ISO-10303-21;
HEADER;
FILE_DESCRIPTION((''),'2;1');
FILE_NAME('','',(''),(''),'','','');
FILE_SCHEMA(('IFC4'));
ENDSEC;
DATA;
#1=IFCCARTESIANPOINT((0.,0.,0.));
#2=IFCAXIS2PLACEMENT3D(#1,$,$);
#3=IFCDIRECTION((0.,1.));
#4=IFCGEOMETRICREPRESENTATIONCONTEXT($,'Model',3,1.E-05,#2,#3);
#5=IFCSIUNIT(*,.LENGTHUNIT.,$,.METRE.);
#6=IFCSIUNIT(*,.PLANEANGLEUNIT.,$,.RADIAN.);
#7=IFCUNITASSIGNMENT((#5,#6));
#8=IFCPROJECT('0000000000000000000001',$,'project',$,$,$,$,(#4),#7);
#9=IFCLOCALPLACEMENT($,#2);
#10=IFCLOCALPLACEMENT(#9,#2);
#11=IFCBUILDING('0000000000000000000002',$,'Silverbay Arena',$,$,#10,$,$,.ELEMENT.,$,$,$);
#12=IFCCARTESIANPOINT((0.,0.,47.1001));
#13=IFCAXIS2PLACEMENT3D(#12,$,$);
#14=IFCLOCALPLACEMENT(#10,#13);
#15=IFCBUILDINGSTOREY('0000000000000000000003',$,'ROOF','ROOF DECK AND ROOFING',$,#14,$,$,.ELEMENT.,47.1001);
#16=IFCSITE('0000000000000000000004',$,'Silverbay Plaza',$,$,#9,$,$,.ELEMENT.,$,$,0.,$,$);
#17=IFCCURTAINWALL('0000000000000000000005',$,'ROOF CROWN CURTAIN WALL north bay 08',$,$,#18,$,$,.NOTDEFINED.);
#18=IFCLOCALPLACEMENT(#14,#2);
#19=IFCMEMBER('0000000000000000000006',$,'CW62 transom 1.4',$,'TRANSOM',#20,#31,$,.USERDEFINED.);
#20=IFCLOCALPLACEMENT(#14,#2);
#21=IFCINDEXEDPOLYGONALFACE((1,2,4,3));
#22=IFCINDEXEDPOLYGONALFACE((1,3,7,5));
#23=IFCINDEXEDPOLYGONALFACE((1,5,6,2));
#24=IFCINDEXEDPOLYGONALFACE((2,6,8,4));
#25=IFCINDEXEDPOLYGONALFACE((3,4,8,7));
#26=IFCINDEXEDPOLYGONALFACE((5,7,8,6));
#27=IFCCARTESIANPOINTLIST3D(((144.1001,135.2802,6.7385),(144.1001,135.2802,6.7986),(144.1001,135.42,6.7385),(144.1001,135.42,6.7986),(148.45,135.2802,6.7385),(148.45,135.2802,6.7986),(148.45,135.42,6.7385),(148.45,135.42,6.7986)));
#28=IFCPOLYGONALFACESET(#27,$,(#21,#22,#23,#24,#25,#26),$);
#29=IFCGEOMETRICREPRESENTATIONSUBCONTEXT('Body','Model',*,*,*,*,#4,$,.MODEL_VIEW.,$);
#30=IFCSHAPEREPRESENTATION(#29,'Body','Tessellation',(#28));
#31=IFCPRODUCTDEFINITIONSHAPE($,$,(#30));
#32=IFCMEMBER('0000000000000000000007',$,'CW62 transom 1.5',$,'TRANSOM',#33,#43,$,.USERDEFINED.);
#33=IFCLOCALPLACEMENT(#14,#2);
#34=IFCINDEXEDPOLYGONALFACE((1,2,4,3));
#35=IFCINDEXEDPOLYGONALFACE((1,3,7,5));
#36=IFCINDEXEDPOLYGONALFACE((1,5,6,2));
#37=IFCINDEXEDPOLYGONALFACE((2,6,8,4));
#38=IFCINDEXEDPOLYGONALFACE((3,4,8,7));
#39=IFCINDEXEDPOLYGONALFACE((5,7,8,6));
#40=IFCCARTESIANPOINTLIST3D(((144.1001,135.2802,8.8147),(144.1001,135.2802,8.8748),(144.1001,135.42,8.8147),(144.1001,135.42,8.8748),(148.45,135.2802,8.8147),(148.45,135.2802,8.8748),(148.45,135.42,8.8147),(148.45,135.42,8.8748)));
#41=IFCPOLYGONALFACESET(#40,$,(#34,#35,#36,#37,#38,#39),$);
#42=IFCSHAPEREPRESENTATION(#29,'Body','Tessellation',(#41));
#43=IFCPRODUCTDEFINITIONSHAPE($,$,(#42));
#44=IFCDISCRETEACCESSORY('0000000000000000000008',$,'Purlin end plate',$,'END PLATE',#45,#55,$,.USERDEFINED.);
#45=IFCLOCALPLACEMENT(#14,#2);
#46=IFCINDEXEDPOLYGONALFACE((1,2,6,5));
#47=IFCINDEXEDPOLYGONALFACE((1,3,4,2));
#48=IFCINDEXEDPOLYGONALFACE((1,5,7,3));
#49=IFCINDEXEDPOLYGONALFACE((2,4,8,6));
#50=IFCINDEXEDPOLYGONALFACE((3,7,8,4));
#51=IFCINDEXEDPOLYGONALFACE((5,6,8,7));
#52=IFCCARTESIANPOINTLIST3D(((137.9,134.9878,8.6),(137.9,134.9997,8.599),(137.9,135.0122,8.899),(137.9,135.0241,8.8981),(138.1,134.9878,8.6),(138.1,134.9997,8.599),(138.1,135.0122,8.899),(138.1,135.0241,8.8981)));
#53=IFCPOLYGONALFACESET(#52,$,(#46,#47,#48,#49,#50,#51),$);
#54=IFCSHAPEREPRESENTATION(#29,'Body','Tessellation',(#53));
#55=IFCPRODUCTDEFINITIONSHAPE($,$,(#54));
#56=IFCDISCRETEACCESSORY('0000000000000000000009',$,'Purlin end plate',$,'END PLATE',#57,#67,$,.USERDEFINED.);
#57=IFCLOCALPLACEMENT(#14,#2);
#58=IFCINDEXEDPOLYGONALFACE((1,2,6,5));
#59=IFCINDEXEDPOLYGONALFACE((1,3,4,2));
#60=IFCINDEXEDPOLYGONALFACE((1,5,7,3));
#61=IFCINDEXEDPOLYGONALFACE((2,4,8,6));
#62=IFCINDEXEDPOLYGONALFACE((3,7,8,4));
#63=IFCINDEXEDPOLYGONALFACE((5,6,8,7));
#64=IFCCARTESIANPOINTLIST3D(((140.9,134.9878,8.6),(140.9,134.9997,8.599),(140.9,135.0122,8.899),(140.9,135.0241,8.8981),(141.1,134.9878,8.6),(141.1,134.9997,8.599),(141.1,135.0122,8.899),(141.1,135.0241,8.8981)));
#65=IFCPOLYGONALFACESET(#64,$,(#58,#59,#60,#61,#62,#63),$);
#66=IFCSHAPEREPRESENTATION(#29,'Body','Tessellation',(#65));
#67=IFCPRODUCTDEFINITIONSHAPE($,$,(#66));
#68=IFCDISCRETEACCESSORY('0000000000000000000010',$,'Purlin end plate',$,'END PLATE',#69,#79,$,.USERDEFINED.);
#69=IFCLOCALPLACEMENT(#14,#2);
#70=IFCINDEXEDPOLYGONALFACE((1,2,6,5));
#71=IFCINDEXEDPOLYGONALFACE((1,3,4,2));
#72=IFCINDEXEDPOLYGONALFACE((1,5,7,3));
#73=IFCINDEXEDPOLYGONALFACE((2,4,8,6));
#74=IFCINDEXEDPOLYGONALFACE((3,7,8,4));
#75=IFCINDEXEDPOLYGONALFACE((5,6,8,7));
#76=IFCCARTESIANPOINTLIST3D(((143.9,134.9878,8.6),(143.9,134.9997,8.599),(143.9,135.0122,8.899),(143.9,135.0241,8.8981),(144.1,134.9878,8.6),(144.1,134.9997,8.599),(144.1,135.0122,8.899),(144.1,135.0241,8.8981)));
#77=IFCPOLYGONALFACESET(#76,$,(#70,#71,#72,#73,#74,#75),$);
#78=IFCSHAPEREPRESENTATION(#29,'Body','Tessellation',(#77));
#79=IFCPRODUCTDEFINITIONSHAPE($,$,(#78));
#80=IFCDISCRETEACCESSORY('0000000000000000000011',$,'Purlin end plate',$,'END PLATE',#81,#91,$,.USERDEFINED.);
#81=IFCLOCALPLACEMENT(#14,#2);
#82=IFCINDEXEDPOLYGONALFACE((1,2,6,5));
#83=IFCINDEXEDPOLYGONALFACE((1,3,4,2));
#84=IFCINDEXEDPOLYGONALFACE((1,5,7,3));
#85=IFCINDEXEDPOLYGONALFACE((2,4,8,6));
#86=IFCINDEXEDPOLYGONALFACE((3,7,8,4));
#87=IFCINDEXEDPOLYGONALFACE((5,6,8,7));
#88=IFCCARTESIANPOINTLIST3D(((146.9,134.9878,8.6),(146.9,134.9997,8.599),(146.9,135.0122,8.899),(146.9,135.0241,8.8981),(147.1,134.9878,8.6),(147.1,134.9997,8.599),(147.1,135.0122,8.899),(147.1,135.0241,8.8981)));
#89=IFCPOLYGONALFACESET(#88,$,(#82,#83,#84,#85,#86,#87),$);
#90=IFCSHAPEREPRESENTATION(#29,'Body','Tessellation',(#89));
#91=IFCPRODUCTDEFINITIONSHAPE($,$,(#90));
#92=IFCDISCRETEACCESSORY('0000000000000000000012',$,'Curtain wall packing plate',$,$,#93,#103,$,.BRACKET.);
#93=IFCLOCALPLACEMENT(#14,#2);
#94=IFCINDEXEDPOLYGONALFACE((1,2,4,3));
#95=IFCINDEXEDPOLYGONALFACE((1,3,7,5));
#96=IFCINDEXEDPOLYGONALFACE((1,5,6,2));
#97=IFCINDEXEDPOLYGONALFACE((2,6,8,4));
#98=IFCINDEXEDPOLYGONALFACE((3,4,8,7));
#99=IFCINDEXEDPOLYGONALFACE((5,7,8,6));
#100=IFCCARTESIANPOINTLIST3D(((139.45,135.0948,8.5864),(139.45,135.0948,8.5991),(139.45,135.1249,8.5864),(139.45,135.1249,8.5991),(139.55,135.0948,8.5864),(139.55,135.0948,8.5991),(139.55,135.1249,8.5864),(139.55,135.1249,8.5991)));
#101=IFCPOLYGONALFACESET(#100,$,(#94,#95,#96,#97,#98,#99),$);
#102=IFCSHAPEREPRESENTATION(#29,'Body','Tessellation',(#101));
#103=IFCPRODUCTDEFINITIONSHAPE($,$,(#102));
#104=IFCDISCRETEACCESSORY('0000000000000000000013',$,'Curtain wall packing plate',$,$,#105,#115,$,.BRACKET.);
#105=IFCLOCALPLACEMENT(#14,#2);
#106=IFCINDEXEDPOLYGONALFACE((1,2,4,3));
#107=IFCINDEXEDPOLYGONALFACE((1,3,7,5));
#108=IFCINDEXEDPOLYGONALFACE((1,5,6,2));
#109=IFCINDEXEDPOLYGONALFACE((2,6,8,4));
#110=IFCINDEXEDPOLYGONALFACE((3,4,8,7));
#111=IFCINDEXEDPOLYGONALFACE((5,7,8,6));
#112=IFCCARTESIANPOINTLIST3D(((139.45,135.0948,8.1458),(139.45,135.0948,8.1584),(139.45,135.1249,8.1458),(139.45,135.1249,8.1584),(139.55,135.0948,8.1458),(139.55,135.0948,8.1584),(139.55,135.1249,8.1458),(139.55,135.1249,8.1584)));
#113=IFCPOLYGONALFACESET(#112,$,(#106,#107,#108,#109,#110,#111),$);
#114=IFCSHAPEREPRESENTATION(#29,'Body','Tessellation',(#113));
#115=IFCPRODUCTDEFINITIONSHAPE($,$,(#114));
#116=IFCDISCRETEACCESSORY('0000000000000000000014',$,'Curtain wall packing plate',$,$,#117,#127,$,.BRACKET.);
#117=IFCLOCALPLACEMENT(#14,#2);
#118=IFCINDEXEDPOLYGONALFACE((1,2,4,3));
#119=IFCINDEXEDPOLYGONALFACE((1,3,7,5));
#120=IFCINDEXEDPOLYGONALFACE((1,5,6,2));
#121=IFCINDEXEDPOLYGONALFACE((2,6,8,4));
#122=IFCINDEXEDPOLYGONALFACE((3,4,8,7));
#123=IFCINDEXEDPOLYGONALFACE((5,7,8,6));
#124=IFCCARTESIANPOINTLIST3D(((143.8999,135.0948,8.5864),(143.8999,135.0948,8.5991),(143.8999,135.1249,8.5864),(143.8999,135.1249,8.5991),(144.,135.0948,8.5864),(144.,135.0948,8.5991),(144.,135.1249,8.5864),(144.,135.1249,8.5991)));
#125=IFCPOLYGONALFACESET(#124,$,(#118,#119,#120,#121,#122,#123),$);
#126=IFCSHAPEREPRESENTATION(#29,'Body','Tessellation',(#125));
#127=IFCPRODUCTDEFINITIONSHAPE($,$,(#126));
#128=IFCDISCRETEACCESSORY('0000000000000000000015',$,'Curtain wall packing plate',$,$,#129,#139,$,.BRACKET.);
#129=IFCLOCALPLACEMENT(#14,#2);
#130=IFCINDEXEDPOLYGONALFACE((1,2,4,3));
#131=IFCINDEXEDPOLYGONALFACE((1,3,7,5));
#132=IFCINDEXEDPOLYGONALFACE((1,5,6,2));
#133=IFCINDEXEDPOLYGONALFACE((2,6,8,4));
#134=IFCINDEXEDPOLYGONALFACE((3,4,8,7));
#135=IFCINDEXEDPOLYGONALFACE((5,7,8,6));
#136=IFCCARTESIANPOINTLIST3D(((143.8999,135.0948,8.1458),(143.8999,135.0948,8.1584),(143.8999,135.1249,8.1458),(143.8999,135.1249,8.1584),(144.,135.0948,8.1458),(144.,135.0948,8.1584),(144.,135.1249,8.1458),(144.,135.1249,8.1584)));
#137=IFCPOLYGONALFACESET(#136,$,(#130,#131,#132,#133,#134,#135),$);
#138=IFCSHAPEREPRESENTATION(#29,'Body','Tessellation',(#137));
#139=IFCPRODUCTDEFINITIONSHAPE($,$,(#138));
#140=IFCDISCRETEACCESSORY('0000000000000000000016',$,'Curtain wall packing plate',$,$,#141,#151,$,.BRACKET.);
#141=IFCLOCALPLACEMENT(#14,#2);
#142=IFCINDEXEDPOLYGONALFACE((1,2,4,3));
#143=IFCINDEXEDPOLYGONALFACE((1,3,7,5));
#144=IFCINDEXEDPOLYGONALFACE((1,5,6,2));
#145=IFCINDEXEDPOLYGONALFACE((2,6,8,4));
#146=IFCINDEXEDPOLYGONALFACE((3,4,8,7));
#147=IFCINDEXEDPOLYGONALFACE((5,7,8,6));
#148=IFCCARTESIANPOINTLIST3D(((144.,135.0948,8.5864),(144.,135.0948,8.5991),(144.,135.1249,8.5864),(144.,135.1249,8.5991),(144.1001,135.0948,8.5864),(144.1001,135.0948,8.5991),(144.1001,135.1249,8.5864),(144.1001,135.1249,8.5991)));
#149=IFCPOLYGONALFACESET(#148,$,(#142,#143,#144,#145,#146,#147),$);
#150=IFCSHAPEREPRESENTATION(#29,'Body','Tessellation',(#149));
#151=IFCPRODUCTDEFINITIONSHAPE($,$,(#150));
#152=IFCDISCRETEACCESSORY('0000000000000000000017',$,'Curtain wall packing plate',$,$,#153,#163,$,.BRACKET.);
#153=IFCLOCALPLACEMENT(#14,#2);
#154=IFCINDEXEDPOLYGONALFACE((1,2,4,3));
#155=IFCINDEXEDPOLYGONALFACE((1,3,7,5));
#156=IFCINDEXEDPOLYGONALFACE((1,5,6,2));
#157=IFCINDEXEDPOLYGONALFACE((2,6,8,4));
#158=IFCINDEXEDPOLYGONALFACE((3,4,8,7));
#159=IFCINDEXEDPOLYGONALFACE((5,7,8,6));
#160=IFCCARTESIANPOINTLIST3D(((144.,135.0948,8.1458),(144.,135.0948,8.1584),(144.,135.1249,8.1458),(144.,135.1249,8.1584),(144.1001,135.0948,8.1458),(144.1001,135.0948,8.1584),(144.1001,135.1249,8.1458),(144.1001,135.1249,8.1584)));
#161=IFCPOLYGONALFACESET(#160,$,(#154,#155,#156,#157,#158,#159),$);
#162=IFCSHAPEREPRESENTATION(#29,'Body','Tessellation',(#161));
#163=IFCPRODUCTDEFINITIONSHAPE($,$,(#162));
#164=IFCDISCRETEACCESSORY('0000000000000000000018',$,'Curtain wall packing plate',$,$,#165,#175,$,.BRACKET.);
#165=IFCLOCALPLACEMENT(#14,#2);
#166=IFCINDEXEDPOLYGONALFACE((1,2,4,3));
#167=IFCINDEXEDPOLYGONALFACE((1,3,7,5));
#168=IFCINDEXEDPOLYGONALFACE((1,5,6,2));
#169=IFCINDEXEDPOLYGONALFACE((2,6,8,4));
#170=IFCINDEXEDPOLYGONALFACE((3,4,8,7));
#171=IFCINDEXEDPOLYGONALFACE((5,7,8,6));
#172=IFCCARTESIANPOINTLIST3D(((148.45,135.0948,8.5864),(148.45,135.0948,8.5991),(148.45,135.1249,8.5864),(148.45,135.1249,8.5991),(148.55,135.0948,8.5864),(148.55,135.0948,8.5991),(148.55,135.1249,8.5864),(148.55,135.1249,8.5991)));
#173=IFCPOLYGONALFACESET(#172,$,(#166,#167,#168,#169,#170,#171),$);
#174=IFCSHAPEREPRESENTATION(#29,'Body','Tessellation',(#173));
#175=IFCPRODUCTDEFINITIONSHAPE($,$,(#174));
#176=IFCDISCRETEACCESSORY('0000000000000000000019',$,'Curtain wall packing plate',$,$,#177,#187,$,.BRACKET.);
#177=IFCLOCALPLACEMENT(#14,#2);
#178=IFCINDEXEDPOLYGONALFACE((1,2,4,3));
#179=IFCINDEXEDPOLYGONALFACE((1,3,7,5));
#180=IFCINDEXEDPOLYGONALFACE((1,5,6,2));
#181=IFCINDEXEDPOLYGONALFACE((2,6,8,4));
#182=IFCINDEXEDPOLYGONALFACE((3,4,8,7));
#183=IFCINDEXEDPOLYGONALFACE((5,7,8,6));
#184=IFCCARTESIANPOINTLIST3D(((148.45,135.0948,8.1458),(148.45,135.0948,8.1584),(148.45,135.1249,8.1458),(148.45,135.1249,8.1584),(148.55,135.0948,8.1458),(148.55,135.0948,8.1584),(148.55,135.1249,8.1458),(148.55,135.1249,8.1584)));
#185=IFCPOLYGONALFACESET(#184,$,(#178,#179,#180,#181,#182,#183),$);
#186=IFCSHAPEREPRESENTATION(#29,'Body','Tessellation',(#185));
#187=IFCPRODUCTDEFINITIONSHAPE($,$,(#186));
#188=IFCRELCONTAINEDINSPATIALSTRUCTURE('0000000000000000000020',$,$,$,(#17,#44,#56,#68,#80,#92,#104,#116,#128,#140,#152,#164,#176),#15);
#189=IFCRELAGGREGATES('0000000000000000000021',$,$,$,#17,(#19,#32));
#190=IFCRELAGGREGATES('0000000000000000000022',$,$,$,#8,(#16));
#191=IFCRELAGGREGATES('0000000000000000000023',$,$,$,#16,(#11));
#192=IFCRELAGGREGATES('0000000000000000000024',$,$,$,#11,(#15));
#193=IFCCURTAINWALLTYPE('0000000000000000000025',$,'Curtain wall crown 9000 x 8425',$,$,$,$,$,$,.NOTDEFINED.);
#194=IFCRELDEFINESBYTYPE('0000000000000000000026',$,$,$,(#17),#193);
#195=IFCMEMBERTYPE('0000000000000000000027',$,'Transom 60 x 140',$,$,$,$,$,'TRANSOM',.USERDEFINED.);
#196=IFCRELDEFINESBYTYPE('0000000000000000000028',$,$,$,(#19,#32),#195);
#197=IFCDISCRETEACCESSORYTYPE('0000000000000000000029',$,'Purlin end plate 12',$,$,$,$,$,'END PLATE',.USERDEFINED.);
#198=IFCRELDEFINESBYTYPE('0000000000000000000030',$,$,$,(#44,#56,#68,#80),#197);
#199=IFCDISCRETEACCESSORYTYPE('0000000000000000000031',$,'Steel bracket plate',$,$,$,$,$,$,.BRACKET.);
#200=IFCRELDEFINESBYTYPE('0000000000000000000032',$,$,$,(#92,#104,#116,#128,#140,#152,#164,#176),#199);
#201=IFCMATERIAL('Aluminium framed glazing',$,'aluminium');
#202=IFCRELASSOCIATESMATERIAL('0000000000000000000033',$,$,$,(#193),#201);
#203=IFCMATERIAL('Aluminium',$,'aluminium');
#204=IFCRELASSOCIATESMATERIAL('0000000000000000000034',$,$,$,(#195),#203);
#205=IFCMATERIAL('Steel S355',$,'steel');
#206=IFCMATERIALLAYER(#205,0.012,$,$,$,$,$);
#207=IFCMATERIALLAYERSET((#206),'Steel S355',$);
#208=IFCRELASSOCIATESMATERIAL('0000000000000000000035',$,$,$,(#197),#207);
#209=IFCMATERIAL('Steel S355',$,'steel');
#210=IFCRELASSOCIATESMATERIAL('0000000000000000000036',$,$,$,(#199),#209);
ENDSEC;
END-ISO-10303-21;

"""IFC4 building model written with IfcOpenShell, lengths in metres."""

from ifc_helpers import new_model, si_unit, direction, frame, origin, origin_2d, place, context, subcontext, project, spatial, rectangle, extrude, material, layer, layer_set, material_profile, profile_set, type_object, element, aggregate, save


model = new_model("IFC4")

# Units and contexts
model_context = context("Model", 3, precision=1e-05, world=origin(), true_north=direction((0.0, 1.0)))
body_context = subcontext(model_context, "Body", "Model", "MODEL_VIEW")
ifc_project = project(units=[si_unit("LENGTHUNIT", "METRE"), si_unit("PLANEANGLEUNIT", "RADIAN")], contexts=[model_context])

# Site, building, storey
site_placement = place(None, origin())
site = spatial("IfcSite", under=ifc_project, at=site_placement, Name="Silverbay Plaza", CompositionType="ELEMENT", RefElevation=0.0)
building_placement = place(site_placement, origin())
building = spatial("IfcBuilding", under=site, at=building_placement, Name="Silverbay Arena", CompositionType="ELEMENT")
storey_placement = place(building_placement, frame((0.0, 0.0, 47.1001)))
storey = spatial("IfcBuildingStorey", under=building, at=storey_placement, Name="ROOF", Description="ROOF DECK AND ROOFING", CompositionType="ELEMENT", Elevation=47.1001)

# Shared definitions
ifc_material_1 = material(Name="Aluminium framed glazing", Category="aluminium")
curtain_wall_type = type_object("IfcCurtainWallType", Name="Curtain wall crown 9000 x 8425", PredefinedType="NOTDEFINED", material=ifc_material_1)
placement = place(building_placement, frame((0.0, 0.0, 33.5)))

# Curtain wall
curtain_wall_1_placement = place(storey_placement, origin())
curtain_wall_1 = element("IfcCurtainWall", 1, at=curtain_wall_1_placement, inside=storey, type_object=curtain_wall_type, Name="ROOF CROWN CURTAIN WALL north bay 08", PredefinedType="NOTDEFINED")

# Members
ifc_material_2 = material(Name="Aluminium", Category="aluminium")
ifc_material_profile_1 = material_profile(ifc_material_2, rectangle(XDim=0.1399, YDim=0.0601, at=origin_2d()), Name="Transom 60 x 140")
ifc_profile_set_1 = profile_set([ifc_material_profile_1], Name="Aluminium")
member_type_1 = type_object("IfcMemberType", Name="Transom 60 x 140", ElementType="TRANSOM", PredefinedType="USERDEFINED", material=ifc_profile_set_1)
member_1_placement = place(placement, frame((144.1001, 135.3501, 20.3687), z_axis=(1.0, 0.0, 0.0), x_axis=(0.0, 1.0, 0.0)))
member_1 = element("IfcMember", 2, at=member_1_placement, type_object=member_type_1, Name="CW62 transom 1.4", ObjectType="TRANSOM", PredefinedType="USERDEFINED", context=body_context, shape_type="SweptSolid", body=[
    extrude(rectangle(XDim=0.1399, YDim=0.0601, at=origin_2d()), origin(), (0.0, 0.0, 1.0), 4.3499),
])
member_2_placement = place(placement, frame((144.1001, 135.3501, 22.4448), z_axis=(1.0, 0.0, 0.0), x_axis=(0.0, 1.0, 0.0)))
member_2 = element("IfcMember", 3, at=member_2_placement, type_object=member_type_1, Name="CW62 transom 1.5", ObjectType="TRANSOM", PredefinedType="USERDEFINED", context=body_context, shape_type="SweptSolid", body=[
    extrude(rectangle(XDim=0.1399, YDim=0.0601, at=origin_2d()), origin(), (0.0, 0.0, 1.0), 4.3499),
])

aggregate(curtain_wall_1, [member_1, member_2])

# Discrete accessories
ifc_material_3 = material(Name="Steel S355", Category="steel")
ifc_layer_1 = layer(ifc_material_3, 0.012)
ifc_layer_set_1 = layer_set([ifc_layer_1], Name="Steel S355")
discrete_accessory_type_1 = type_object("IfcDiscreteAccessoryType", Name="Purlin end plate 12", ElementType="END PLATE", PredefinedType="USERDEFINED", material=ifc_layer_set_1)
for number, where, z_axis, x_axis, name in (
    (4, (138.0, 135.0, 8.7495), (0.0, 0.996685, -0.081362), (-1.0, 0.0, 0.0), "Purlin end plate"),
    (5, (141.0, 135.0, 8.7495), (0.0, 0.996685, -0.081362), (-1.0, 0.0, 0.0), "Purlin end plate"),
    (6, (144.0, 135.0, 8.7495), (0.0, 0.996685, -0.081362), (-1.0, 0.0, 0.0), "Purlin end plate"),
    (7, (147.0, 135.0, 8.7495), (0.0, 0.996685, -0.081362), (-1.0, 0.0, 0.0), "Purlin end plate"),
):
    element("IfcDiscreteAccessory", number, at=place(storey_placement, frame(where, z_axis=z_axis, x_axis=x_axis)), inside=storey, type_object=discrete_accessory_type_1, Name=name, ObjectType="END PLATE", PredefinedType="USERDEFINED", context=body_context, shape_type="SweptSolid", body=[
        extrude(rectangle(XDim=0.2, YDim=0.3, at=origin_2d()), origin(), (0.0, 0.0, 1.0), 0.012),
    ])
ifc_material_4 = material(Name="Steel S355", Category="steel")
discrete_accessory_type_2 = type_object("IfcDiscreteAccessoryType", Name="Steel bracket plate", PredefinedType="BRACKET", material=ifc_material_4)
for number, where, z_axis, x_axis, name in (
    (8, (139.5, 135.1099, 8.5864), (0.0, 0.0, 1.0), (1.0, 0.0, 0.0), "Curtain wall packing plate"),
    (9, (139.5, 135.1099, 8.1458), (0.0, 0.0, 1.0), (1.0, 0.0, 0.0), "Curtain wall packing plate"),
    (10, (143.95, 135.1099, 8.5864), (0.0, 0.0, 1.0), (1.0, 0.0, 0.0), "Curtain wall packing plate"),
    (11, (143.95, 135.1099, 8.1458), (0.0, 0.0, 1.0), (1.0, 0.0, 0.0), "Curtain wall packing plate"),
    (12, (144.05, 135.1099, 8.5864), (0.0, 0.0, 1.0), (1.0, 0.0, 0.0), "Curtain wall packing plate"),
    (13, (144.05, 135.1099, 8.1458), (0.0, 0.0, 1.0), (1.0, 0.0, 0.0), "Curtain wall packing plate"),
    (14, (148.5, 135.1099, 8.5864), (0.0, 0.0, 1.0), (1.0, 0.0, 0.0), "Curtain wall packing plate"),
    (15, (148.5, 135.1099, 8.1458), (0.0, 0.0, 1.0), (1.0, 0.0, 0.0), "Curtain wall packing plate"),
):
    element("IfcDiscreteAccessory", number, at=place(storey_placement, frame(where, z_axis=z_axis, x_axis=x_axis)), inside=storey, type_object=discrete_accessory_type_2, Name=name, PredefinedType="BRACKET", context=body_context, shape_type="SweptSolid", body=[
        extrude(rectangle(XDim=0.1001, YDim=0.03, at=origin_2d()), origin(), (0.0, 0.0, 1.0), 0.0127),
    ])

save(model, "model.ifc")
